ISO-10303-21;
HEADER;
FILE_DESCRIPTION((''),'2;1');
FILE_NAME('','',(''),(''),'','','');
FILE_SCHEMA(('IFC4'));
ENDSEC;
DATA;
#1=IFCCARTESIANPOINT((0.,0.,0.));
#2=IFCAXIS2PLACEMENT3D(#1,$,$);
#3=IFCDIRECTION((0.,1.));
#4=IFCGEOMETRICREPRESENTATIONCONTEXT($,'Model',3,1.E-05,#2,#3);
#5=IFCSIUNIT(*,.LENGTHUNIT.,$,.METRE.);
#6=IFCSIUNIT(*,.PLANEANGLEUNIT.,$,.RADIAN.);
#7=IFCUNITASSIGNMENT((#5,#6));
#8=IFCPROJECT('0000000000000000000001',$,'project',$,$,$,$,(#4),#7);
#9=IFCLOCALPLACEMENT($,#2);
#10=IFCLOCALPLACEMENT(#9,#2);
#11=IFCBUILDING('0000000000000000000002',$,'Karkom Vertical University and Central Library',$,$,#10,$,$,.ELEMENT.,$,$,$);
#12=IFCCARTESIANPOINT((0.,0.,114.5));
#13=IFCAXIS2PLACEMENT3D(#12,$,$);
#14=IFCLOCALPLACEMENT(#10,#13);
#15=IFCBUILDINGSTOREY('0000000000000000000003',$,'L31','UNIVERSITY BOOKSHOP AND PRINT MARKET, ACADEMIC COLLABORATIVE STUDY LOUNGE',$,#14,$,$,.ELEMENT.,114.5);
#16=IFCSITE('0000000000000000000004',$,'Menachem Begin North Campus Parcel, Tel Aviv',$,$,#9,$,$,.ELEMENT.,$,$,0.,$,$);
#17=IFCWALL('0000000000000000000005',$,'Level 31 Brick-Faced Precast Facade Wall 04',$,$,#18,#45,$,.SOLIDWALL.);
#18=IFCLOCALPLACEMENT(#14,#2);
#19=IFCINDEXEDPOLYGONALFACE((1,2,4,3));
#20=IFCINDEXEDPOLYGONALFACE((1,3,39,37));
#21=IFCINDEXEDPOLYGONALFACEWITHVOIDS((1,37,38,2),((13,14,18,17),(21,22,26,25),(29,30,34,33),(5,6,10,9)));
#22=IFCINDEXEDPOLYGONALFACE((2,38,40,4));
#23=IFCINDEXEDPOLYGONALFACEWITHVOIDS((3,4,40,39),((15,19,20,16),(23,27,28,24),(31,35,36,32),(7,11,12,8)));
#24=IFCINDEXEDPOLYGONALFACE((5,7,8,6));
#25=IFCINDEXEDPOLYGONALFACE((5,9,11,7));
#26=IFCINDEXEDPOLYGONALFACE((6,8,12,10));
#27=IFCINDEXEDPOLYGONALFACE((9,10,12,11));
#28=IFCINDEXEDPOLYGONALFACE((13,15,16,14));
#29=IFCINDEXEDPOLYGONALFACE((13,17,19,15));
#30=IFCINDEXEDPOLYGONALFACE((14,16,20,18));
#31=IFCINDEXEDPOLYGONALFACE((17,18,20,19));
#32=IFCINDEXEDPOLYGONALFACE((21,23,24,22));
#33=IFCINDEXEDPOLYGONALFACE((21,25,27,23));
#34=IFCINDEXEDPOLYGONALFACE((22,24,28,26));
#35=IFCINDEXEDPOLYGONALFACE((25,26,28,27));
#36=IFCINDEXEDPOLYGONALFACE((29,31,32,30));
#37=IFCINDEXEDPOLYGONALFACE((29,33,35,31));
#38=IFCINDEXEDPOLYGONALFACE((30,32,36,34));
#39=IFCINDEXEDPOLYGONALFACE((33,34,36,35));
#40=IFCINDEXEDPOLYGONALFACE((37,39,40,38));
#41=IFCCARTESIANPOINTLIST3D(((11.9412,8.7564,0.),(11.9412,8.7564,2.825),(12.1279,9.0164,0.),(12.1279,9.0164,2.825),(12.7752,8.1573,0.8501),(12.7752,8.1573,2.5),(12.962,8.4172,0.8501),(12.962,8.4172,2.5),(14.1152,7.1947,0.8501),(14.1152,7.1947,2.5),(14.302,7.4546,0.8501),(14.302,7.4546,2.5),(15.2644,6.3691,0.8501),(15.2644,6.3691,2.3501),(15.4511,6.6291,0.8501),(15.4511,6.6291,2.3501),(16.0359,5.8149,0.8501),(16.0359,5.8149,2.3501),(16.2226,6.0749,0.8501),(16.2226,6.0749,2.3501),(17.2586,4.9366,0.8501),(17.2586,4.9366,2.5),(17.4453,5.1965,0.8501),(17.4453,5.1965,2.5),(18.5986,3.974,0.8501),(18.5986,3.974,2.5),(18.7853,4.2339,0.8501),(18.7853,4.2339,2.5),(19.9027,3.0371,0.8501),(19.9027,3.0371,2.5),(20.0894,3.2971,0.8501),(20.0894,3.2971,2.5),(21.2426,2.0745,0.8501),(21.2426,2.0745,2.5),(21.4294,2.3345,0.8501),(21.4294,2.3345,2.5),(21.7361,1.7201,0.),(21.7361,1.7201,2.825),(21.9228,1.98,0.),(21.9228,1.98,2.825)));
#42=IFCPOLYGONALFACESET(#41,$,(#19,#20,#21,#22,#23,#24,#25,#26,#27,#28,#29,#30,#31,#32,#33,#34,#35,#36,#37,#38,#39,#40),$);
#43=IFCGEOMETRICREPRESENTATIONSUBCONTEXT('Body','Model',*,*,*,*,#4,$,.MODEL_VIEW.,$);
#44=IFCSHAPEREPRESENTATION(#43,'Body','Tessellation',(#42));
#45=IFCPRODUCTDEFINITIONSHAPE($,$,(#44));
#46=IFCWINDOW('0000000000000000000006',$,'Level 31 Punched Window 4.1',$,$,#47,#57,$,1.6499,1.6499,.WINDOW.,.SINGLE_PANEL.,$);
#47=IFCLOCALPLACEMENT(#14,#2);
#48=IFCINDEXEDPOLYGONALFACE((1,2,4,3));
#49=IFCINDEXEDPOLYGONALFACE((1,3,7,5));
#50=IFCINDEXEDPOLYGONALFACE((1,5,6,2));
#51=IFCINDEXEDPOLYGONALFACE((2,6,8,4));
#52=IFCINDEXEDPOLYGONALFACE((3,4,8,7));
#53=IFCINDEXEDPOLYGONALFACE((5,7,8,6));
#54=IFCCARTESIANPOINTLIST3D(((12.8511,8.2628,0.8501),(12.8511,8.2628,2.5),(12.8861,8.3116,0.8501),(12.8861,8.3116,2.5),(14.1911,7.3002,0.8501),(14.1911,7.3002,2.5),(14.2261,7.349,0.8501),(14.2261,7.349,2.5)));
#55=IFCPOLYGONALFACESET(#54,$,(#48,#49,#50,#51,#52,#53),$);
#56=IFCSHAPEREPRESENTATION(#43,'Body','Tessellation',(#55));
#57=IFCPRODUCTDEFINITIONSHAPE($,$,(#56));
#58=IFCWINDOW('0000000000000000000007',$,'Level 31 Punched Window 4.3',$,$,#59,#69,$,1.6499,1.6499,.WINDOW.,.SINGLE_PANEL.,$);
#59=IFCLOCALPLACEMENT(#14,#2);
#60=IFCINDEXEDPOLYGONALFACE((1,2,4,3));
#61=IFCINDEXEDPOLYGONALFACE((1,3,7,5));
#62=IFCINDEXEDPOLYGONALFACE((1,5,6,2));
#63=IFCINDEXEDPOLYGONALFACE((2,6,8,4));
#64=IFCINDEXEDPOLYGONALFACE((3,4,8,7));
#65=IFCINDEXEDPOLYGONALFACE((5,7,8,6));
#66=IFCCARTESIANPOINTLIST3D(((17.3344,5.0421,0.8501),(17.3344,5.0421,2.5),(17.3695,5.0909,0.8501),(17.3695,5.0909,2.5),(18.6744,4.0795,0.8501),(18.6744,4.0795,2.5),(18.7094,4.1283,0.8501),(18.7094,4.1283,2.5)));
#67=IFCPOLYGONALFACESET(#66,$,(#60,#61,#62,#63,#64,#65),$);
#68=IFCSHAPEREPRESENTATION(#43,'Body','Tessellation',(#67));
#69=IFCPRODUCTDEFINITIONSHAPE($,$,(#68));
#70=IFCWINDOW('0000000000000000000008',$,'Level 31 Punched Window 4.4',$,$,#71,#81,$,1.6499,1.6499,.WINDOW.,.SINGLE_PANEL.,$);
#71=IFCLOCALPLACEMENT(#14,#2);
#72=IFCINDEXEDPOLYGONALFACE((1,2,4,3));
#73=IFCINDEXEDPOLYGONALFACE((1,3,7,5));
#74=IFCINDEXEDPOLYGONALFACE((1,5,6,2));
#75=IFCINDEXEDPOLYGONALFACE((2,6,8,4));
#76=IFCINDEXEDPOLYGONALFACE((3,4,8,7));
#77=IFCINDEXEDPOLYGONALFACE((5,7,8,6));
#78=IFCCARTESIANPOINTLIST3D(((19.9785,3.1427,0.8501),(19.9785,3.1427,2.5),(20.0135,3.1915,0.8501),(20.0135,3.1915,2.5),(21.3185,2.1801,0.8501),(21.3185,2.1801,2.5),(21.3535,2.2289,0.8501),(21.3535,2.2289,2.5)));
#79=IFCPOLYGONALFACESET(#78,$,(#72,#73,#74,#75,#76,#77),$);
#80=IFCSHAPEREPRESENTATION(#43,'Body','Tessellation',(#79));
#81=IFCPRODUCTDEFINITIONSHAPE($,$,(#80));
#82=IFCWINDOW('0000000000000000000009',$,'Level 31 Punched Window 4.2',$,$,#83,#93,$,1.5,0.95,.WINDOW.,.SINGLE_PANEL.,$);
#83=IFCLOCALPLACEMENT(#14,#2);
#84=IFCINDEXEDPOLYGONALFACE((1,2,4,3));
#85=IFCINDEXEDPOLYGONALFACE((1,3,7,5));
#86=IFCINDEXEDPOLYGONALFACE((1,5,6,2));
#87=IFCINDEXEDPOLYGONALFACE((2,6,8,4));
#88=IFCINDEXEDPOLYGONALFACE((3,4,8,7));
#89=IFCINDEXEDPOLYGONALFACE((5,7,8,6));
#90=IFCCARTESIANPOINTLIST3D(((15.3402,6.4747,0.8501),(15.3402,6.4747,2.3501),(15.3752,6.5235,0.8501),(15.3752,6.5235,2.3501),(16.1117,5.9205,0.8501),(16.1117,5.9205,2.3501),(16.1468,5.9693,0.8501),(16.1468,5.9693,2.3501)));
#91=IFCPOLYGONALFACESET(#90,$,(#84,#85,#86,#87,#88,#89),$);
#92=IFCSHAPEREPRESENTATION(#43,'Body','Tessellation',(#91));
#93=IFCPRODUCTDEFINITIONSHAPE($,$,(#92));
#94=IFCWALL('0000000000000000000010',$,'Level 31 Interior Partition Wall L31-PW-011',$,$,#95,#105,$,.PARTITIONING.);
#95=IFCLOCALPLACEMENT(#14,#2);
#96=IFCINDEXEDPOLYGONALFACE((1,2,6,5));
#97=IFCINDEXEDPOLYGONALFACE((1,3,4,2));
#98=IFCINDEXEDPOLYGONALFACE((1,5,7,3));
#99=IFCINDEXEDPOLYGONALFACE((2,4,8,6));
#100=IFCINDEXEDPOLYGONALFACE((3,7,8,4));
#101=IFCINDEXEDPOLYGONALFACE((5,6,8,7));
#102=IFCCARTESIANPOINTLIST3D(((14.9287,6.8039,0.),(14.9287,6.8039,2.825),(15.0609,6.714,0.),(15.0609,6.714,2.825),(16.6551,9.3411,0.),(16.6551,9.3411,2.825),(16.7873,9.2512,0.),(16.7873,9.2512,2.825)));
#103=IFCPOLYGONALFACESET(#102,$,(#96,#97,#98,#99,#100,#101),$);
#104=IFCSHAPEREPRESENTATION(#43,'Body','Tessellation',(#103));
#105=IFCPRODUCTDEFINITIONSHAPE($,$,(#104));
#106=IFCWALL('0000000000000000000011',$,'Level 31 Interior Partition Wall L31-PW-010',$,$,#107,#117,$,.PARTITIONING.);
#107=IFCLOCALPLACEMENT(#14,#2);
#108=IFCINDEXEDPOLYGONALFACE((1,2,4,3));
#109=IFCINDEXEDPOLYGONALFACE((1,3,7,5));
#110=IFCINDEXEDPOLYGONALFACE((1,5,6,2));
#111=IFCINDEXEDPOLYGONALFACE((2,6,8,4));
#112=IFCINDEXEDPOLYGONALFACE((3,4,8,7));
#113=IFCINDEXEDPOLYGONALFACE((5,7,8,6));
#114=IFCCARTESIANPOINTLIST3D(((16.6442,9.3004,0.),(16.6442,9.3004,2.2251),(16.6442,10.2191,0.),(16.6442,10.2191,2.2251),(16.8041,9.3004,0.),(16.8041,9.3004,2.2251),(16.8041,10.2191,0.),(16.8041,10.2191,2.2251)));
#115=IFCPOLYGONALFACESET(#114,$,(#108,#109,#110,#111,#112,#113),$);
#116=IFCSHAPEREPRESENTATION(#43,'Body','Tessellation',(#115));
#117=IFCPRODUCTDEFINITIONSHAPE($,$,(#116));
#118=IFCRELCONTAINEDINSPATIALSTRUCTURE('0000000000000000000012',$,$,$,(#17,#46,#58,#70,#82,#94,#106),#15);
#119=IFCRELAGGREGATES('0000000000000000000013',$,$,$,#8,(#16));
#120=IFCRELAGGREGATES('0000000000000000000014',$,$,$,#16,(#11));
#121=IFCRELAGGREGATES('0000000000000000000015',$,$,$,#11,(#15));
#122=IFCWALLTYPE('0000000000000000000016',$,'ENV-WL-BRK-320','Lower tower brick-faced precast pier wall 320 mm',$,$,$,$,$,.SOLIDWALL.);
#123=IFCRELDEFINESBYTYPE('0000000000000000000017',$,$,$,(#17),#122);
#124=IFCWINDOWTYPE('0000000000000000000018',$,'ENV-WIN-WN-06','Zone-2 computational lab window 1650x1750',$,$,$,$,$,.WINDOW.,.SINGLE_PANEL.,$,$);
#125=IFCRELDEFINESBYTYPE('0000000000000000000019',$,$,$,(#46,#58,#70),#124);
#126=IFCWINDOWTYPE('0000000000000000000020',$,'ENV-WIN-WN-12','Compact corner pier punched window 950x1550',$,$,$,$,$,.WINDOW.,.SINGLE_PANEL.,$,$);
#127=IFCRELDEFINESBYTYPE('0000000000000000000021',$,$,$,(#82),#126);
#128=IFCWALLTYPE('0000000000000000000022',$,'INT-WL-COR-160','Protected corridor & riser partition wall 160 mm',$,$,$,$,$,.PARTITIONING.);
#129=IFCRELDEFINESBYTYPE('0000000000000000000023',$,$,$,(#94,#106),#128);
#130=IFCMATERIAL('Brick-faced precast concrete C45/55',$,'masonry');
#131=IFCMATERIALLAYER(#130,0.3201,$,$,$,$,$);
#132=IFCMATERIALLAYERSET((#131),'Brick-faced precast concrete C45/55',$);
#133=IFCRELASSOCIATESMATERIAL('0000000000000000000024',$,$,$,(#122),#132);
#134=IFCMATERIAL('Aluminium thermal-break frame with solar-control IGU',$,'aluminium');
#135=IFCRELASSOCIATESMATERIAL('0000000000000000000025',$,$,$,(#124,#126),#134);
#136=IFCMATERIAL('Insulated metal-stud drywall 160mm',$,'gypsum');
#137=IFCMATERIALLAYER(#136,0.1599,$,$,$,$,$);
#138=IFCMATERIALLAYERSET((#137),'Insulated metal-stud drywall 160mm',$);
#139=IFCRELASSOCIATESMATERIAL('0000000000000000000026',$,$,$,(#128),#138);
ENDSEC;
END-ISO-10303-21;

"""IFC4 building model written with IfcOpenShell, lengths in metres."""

from ifc_helpers import new_model, si_unit, direction, frame, frame_2d, origin, origin_with_axes, place, context, subcontext, project, spatial, rectangle, extrude, source, transform, mapped, material, layer, layer_set, type_object, element, fill, save


model = new_model("IFC4")

# Units and contexts
model_context = context("Model", 3, precision=1e-05, world=origin(), true_north=direction((0.0, 1.0)))
body_context = subcontext(model_context, "Body", "Model", "MODEL_VIEW")
ifc_project = project(units=[si_unit("LENGTHUNIT", "METRE"), si_unit("PLANEANGLEUNIT", "RADIAN")], contexts=[model_context])

# Site, building, storey
site_placement = place(None, origin())
site = spatial("IfcSite", under=ifc_project, at=site_placement, Name="Menachem Begin North Campus Parcel, Tel Aviv", CompositionType="ELEMENT", RefElevation=0.0)
building_placement = place(site_placement, origin())
building = spatial("IfcBuilding", under=site, at=building_placement, Name="Karkom Vertical University and Central Library", CompositionType="ELEMENT")
storey_placement = place(building_placement, frame((0.0, 0.0, 114.5)))
storey = spatial("IfcBuildingStorey", under=building, at=storey_placement, Name="L31", Description="UNIVERSITY BOOKSHOP AND PRINT MARKET, ACADEMIC COLLABORATIVE STUDY LOUNGE", CompositionType="ELEMENT", Elevation=114.5)

# Wall, openings, windows
ifc_material_1 = material(Name="Brick-faced precast concrete C45/55", Category="masonry")
ifc_layer_1 = layer(ifc_material_1, 0.3201)
ifc_layer_set_1 = layer_set([ifc_layer_1], Name="Brick-faced precast concrete C45/55")
wall_type_1 = type_object("IfcWallType", Name="ENV-WL-BRK-320", Description="Lower tower brick-faced precast pier wall 320 mm", PredefinedType="SOLIDWALL", material=ifc_layer_set_1)
wall_1_placement = place(storey_placement, frame((12.0344, 8.8865, 0.0), z_axis=(0.0, 0.0, 1.0), x_axis=(0.812162, -0.583432, 0.0)))
wall_1 = element("IfcWall", 1, at=wall_1_placement, inside=storey, type_object=wall_type_1, Name="Level 31 Brick-Faced Precast Facade Wall 04", PredefinedType="SOLIDWALL", context=body_context, shape_type="SweptSolid", body=[
    extrude(rectangle(XDim=12.0603, YDim=0.3201, at=frame_2d((6.0303, 0.0))), origin(), (0.0, 0.0, 1.0), 2.825),
])
opening_1_placement = place(wall_1_placement, frame((1.0271, 0.0, 0.8501)))
opening_1 = element("IfcOpeningElement", 2, at=opening_1_placement, cuts=wall_1, PredefinedType="OPENING", context=body_context, shape_type="SweptSolid", body=[
    extrude(rectangle(XDim=1.6499, YDim=1.6499, at=frame_2d((0.825, 0.825))), frame((0.0, 0.1699, 0.0), z_axis=(0.0, -1.0, 0.0), x_axis=(1.0, 0.0, 0.0)), (0.0, 0.0, 1.0), 0.3401),
])
opening_2_placement = place(wall_1_placement, frame((4.0918, 0.0, 0.8501)))
opening_2 = element("IfcOpeningElement", 3, at=opening_2_placement, cuts=wall_1, PredefinedType="OPENING", context=body_context, shape_type="SweptSolid", body=[
    extrude(rectangle(XDim=0.95, YDim=1.5, at=frame_2d((0.4751, 0.75))), frame((0.0, 0.1699, 0.0), z_axis=(0.0, -1.0, 0.0), x_axis=(1.0, 0.0, 0.0)), (0.0, 0.0, 1.0), 0.3401),
])
opening_3_placement = place(wall_1_placement, frame((6.5474, 0.0, 0.8501)))
opening_3 = element("IfcOpeningElement", 4, at=opening_3_placement, cuts=wall_1, PredefinedType="OPENING", context=body_context, shape_type="SweptSolid", body=[
    extrude(rectangle(XDim=1.6499, YDim=1.6499, at=frame_2d((0.825, 0.825))), frame((0.0, 0.1699, 0.0), z_axis=(0.0, -1.0, 0.0), x_axis=(1.0, 0.0, 0.0)), (0.0, 0.0, 1.0), 0.3401),
])
opening_4_placement = place(wall_1_placement, frame((9.803, 0.0, 0.8501)))
opening_4 = element("IfcOpeningElement", 5, at=opening_4_placement, cuts=wall_1, PredefinedType="OPENING", context=body_context, shape_type="SweptSolid", body=[
    extrude(rectangle(XDim=1.6499, YDim=1.6499, at=frame_2d((0.825, 0.825))), frame((0.0, 0.1699, 0.0), z_axis=(0.0, -1.0, 0.0), x_axis=(1.0, 0.0, 0.0)), (0.0, 0.0, 1.0), 0.3401),
])
ifc_material_2 = material(Name="Aluminium thermal-break frame with solar-control IGU", Category="aluminium")
window_type_1 = type_object("IfcWindowType", Name="ENV-WIN-WN-06", Description="Zone-2 computational lab window 1650x1750", PartitioningType="SINGLE_PANEL", PredefinedType="WINDOW", material=ifc_material_2)
shared_shape_1 = source(origin_with_axes(), body_context, "Body", "SweptSolid", [
    extrude(rectangle(XDim=1.6499, YDim=1.6499, at=frame_2d((0.825, 0.825))), frame((0.0, 0.03, 0.0), z_axis=(0.0, -1.0, 0.0), x_axis=(1.0, 0.0, 0.0)), (0.0, 0.0, 1.0), 0.0601),
])
window_1_placement = place(opening_1_placement, origin())
window_1 = element("IfcWindow", 6, at=window_1_placement, inside=storey, type_object=window_type_1, Name="Level 31 Punched Window 4.1", OverallHeight=1.6499, OverallWidth=1.6499, PartitioningType="SINGLE_PANEL", PredefinedType="WINDOW", context=body_context, shape_type="MappedRepresentation", body=[
    mapped(shared_shape_1, transform((0.0, 0.0, 0.0), scale=1.0)),
])
fill(opening_1, window_1)
window_2_placement = place(opening_3_placement, origin())
window_2 = element("IfcWindow", 7, at=window_2_placement, inside=storey, type_object=window_type_1, Name="Level 31 Punched Window 4.3", OverallHeight=1.6499, OverallWidth=1.6499, PartitioningType="SINGLE_PANEL", PredefinedType="WINDOW", context=body_context, shape_type="MappedRepresentation", body=[
    mapped(shared_shape_1, transform((0.0, 0.0, 0.0), scale=1.0)),
])
fill(opening_3, window_2)
window_3_placement = place(opening_4_placement, origin())
window_3 = element("IfcWindow", 8, at=window_3_placement, inside=storey, type_object=window_type_1, Name="Level 31 Punched Window 4.4", OverallHeight=1.6499, OverallWidth=1.6499, PartitioningType="SINGLE_PANEL", PredefinedType="WINDOW", context=body_context, shape_type="MappedRepresentation", body=[
    mapped(shared_shape_1, transform((0.0, 0.0, 0.0), scale=1.0)),
])
fill(opening_4, window_3)
window_type_2 = type_object("IfcWindowType", Name="ENV-WIN-WN-12", Description="Compact corner pier punched window 950x1550", PartitioningType="SINGLE_PANEL", PredefinedType="WINDOW", material=ifc_material_2)
shared_shape_2 = source(origin_with_axes(), body_context, "Body", "SweptSolid", [
    extrude(rectangle(XDim=0.95, YDim=1.5, at=frame_2d((0.4751, 0.75))), frame((0.0, 0.03, 0.0), z_axis=(0.0, -1.0, 0.0), x_axis=(1.0, 0.0, 0.0)), (0.0, 0.0, 1.0), 0.0601),
])
window_4_placement = place(opening_2_placement, origin())
window_4 = element("IfcWindow", 9, at=window_4_placement, inside=storey, type_object=window_type_2, Name="Level 31 Punched Window 4.2", OverallHeight=1.5, OverallWidth=0.95, PartitioningType="SINGLE_PANEL", PredefinedType="WINDOW", context=body_context, shape_type="MappedRepresentation", body=[
    mapped(shared_shape_2, transform((0.0, 0.0, 0.0), scale=1.0)),
])
fill(opening_2, window_4)

# Walls
ifc_material_3 = material(Name="Insulated metal-stud drywall 160mm", Category="gypsum")
ifc_layer_2 = layer(ifc_material_3, 0.1599)
ifc_layer_set_2 = layer_set([ifc_layer_2], Name="Insulated metal-stud drywall 160mm")
wall_type_2 = type_object("IfcWallType", Name="INT-WL-COR-160", Description="Protected corridor & riser partition wall 160 mm", PredefinedType="PARTITIONING", material=ifc_layer_set_2)
wall_2_placement = place(storey_placement, frame((16.7212, 9.2961, 0.0), z_axis=(0.0, 0.0, 1.0), x_axis=(-0.562552, -0.826762, 0.0)))
element("IfcWall", 10, at=wall_2_placement, inside=storey, type_object=wall_type_2, Name="Level 31 Interior Partition Wall L31-PW-011", PredefinedType="PARTITIONING", context=body_context, shape_type="SweptSolid", body=[
    extrude(rectangle(XDim=3.0688, YDim=0.1599, at=frame_2d((1.5344, 0.0))), origin(), (0.0, 0.0, 1.0), 2.825),
])
wall_3_placement = place(storey_placement, frame((16.7241, 9.3003, 0.0), z_axis=(0.0, 0.0, 1.0), x_axis=(0.0, 1.0, 0.0)))
element("IfcWall", 11, at=wall_3_placement, inside=storey, type_object=wall_type_2, Name="Level 31 Interior Partition Wall L31-PW-010", PredefinedType="PARTITIONING", context=body_context, shape_type="SweptSolid", body=[
    extrude(rectangle(XDim=0.9187, YDim=0.1599, at=frame_2d((0.4595, 0.0))), origin(), (0.0, 0.0, 1.0), 2.2251),
])

save(model, "model.ifc")
